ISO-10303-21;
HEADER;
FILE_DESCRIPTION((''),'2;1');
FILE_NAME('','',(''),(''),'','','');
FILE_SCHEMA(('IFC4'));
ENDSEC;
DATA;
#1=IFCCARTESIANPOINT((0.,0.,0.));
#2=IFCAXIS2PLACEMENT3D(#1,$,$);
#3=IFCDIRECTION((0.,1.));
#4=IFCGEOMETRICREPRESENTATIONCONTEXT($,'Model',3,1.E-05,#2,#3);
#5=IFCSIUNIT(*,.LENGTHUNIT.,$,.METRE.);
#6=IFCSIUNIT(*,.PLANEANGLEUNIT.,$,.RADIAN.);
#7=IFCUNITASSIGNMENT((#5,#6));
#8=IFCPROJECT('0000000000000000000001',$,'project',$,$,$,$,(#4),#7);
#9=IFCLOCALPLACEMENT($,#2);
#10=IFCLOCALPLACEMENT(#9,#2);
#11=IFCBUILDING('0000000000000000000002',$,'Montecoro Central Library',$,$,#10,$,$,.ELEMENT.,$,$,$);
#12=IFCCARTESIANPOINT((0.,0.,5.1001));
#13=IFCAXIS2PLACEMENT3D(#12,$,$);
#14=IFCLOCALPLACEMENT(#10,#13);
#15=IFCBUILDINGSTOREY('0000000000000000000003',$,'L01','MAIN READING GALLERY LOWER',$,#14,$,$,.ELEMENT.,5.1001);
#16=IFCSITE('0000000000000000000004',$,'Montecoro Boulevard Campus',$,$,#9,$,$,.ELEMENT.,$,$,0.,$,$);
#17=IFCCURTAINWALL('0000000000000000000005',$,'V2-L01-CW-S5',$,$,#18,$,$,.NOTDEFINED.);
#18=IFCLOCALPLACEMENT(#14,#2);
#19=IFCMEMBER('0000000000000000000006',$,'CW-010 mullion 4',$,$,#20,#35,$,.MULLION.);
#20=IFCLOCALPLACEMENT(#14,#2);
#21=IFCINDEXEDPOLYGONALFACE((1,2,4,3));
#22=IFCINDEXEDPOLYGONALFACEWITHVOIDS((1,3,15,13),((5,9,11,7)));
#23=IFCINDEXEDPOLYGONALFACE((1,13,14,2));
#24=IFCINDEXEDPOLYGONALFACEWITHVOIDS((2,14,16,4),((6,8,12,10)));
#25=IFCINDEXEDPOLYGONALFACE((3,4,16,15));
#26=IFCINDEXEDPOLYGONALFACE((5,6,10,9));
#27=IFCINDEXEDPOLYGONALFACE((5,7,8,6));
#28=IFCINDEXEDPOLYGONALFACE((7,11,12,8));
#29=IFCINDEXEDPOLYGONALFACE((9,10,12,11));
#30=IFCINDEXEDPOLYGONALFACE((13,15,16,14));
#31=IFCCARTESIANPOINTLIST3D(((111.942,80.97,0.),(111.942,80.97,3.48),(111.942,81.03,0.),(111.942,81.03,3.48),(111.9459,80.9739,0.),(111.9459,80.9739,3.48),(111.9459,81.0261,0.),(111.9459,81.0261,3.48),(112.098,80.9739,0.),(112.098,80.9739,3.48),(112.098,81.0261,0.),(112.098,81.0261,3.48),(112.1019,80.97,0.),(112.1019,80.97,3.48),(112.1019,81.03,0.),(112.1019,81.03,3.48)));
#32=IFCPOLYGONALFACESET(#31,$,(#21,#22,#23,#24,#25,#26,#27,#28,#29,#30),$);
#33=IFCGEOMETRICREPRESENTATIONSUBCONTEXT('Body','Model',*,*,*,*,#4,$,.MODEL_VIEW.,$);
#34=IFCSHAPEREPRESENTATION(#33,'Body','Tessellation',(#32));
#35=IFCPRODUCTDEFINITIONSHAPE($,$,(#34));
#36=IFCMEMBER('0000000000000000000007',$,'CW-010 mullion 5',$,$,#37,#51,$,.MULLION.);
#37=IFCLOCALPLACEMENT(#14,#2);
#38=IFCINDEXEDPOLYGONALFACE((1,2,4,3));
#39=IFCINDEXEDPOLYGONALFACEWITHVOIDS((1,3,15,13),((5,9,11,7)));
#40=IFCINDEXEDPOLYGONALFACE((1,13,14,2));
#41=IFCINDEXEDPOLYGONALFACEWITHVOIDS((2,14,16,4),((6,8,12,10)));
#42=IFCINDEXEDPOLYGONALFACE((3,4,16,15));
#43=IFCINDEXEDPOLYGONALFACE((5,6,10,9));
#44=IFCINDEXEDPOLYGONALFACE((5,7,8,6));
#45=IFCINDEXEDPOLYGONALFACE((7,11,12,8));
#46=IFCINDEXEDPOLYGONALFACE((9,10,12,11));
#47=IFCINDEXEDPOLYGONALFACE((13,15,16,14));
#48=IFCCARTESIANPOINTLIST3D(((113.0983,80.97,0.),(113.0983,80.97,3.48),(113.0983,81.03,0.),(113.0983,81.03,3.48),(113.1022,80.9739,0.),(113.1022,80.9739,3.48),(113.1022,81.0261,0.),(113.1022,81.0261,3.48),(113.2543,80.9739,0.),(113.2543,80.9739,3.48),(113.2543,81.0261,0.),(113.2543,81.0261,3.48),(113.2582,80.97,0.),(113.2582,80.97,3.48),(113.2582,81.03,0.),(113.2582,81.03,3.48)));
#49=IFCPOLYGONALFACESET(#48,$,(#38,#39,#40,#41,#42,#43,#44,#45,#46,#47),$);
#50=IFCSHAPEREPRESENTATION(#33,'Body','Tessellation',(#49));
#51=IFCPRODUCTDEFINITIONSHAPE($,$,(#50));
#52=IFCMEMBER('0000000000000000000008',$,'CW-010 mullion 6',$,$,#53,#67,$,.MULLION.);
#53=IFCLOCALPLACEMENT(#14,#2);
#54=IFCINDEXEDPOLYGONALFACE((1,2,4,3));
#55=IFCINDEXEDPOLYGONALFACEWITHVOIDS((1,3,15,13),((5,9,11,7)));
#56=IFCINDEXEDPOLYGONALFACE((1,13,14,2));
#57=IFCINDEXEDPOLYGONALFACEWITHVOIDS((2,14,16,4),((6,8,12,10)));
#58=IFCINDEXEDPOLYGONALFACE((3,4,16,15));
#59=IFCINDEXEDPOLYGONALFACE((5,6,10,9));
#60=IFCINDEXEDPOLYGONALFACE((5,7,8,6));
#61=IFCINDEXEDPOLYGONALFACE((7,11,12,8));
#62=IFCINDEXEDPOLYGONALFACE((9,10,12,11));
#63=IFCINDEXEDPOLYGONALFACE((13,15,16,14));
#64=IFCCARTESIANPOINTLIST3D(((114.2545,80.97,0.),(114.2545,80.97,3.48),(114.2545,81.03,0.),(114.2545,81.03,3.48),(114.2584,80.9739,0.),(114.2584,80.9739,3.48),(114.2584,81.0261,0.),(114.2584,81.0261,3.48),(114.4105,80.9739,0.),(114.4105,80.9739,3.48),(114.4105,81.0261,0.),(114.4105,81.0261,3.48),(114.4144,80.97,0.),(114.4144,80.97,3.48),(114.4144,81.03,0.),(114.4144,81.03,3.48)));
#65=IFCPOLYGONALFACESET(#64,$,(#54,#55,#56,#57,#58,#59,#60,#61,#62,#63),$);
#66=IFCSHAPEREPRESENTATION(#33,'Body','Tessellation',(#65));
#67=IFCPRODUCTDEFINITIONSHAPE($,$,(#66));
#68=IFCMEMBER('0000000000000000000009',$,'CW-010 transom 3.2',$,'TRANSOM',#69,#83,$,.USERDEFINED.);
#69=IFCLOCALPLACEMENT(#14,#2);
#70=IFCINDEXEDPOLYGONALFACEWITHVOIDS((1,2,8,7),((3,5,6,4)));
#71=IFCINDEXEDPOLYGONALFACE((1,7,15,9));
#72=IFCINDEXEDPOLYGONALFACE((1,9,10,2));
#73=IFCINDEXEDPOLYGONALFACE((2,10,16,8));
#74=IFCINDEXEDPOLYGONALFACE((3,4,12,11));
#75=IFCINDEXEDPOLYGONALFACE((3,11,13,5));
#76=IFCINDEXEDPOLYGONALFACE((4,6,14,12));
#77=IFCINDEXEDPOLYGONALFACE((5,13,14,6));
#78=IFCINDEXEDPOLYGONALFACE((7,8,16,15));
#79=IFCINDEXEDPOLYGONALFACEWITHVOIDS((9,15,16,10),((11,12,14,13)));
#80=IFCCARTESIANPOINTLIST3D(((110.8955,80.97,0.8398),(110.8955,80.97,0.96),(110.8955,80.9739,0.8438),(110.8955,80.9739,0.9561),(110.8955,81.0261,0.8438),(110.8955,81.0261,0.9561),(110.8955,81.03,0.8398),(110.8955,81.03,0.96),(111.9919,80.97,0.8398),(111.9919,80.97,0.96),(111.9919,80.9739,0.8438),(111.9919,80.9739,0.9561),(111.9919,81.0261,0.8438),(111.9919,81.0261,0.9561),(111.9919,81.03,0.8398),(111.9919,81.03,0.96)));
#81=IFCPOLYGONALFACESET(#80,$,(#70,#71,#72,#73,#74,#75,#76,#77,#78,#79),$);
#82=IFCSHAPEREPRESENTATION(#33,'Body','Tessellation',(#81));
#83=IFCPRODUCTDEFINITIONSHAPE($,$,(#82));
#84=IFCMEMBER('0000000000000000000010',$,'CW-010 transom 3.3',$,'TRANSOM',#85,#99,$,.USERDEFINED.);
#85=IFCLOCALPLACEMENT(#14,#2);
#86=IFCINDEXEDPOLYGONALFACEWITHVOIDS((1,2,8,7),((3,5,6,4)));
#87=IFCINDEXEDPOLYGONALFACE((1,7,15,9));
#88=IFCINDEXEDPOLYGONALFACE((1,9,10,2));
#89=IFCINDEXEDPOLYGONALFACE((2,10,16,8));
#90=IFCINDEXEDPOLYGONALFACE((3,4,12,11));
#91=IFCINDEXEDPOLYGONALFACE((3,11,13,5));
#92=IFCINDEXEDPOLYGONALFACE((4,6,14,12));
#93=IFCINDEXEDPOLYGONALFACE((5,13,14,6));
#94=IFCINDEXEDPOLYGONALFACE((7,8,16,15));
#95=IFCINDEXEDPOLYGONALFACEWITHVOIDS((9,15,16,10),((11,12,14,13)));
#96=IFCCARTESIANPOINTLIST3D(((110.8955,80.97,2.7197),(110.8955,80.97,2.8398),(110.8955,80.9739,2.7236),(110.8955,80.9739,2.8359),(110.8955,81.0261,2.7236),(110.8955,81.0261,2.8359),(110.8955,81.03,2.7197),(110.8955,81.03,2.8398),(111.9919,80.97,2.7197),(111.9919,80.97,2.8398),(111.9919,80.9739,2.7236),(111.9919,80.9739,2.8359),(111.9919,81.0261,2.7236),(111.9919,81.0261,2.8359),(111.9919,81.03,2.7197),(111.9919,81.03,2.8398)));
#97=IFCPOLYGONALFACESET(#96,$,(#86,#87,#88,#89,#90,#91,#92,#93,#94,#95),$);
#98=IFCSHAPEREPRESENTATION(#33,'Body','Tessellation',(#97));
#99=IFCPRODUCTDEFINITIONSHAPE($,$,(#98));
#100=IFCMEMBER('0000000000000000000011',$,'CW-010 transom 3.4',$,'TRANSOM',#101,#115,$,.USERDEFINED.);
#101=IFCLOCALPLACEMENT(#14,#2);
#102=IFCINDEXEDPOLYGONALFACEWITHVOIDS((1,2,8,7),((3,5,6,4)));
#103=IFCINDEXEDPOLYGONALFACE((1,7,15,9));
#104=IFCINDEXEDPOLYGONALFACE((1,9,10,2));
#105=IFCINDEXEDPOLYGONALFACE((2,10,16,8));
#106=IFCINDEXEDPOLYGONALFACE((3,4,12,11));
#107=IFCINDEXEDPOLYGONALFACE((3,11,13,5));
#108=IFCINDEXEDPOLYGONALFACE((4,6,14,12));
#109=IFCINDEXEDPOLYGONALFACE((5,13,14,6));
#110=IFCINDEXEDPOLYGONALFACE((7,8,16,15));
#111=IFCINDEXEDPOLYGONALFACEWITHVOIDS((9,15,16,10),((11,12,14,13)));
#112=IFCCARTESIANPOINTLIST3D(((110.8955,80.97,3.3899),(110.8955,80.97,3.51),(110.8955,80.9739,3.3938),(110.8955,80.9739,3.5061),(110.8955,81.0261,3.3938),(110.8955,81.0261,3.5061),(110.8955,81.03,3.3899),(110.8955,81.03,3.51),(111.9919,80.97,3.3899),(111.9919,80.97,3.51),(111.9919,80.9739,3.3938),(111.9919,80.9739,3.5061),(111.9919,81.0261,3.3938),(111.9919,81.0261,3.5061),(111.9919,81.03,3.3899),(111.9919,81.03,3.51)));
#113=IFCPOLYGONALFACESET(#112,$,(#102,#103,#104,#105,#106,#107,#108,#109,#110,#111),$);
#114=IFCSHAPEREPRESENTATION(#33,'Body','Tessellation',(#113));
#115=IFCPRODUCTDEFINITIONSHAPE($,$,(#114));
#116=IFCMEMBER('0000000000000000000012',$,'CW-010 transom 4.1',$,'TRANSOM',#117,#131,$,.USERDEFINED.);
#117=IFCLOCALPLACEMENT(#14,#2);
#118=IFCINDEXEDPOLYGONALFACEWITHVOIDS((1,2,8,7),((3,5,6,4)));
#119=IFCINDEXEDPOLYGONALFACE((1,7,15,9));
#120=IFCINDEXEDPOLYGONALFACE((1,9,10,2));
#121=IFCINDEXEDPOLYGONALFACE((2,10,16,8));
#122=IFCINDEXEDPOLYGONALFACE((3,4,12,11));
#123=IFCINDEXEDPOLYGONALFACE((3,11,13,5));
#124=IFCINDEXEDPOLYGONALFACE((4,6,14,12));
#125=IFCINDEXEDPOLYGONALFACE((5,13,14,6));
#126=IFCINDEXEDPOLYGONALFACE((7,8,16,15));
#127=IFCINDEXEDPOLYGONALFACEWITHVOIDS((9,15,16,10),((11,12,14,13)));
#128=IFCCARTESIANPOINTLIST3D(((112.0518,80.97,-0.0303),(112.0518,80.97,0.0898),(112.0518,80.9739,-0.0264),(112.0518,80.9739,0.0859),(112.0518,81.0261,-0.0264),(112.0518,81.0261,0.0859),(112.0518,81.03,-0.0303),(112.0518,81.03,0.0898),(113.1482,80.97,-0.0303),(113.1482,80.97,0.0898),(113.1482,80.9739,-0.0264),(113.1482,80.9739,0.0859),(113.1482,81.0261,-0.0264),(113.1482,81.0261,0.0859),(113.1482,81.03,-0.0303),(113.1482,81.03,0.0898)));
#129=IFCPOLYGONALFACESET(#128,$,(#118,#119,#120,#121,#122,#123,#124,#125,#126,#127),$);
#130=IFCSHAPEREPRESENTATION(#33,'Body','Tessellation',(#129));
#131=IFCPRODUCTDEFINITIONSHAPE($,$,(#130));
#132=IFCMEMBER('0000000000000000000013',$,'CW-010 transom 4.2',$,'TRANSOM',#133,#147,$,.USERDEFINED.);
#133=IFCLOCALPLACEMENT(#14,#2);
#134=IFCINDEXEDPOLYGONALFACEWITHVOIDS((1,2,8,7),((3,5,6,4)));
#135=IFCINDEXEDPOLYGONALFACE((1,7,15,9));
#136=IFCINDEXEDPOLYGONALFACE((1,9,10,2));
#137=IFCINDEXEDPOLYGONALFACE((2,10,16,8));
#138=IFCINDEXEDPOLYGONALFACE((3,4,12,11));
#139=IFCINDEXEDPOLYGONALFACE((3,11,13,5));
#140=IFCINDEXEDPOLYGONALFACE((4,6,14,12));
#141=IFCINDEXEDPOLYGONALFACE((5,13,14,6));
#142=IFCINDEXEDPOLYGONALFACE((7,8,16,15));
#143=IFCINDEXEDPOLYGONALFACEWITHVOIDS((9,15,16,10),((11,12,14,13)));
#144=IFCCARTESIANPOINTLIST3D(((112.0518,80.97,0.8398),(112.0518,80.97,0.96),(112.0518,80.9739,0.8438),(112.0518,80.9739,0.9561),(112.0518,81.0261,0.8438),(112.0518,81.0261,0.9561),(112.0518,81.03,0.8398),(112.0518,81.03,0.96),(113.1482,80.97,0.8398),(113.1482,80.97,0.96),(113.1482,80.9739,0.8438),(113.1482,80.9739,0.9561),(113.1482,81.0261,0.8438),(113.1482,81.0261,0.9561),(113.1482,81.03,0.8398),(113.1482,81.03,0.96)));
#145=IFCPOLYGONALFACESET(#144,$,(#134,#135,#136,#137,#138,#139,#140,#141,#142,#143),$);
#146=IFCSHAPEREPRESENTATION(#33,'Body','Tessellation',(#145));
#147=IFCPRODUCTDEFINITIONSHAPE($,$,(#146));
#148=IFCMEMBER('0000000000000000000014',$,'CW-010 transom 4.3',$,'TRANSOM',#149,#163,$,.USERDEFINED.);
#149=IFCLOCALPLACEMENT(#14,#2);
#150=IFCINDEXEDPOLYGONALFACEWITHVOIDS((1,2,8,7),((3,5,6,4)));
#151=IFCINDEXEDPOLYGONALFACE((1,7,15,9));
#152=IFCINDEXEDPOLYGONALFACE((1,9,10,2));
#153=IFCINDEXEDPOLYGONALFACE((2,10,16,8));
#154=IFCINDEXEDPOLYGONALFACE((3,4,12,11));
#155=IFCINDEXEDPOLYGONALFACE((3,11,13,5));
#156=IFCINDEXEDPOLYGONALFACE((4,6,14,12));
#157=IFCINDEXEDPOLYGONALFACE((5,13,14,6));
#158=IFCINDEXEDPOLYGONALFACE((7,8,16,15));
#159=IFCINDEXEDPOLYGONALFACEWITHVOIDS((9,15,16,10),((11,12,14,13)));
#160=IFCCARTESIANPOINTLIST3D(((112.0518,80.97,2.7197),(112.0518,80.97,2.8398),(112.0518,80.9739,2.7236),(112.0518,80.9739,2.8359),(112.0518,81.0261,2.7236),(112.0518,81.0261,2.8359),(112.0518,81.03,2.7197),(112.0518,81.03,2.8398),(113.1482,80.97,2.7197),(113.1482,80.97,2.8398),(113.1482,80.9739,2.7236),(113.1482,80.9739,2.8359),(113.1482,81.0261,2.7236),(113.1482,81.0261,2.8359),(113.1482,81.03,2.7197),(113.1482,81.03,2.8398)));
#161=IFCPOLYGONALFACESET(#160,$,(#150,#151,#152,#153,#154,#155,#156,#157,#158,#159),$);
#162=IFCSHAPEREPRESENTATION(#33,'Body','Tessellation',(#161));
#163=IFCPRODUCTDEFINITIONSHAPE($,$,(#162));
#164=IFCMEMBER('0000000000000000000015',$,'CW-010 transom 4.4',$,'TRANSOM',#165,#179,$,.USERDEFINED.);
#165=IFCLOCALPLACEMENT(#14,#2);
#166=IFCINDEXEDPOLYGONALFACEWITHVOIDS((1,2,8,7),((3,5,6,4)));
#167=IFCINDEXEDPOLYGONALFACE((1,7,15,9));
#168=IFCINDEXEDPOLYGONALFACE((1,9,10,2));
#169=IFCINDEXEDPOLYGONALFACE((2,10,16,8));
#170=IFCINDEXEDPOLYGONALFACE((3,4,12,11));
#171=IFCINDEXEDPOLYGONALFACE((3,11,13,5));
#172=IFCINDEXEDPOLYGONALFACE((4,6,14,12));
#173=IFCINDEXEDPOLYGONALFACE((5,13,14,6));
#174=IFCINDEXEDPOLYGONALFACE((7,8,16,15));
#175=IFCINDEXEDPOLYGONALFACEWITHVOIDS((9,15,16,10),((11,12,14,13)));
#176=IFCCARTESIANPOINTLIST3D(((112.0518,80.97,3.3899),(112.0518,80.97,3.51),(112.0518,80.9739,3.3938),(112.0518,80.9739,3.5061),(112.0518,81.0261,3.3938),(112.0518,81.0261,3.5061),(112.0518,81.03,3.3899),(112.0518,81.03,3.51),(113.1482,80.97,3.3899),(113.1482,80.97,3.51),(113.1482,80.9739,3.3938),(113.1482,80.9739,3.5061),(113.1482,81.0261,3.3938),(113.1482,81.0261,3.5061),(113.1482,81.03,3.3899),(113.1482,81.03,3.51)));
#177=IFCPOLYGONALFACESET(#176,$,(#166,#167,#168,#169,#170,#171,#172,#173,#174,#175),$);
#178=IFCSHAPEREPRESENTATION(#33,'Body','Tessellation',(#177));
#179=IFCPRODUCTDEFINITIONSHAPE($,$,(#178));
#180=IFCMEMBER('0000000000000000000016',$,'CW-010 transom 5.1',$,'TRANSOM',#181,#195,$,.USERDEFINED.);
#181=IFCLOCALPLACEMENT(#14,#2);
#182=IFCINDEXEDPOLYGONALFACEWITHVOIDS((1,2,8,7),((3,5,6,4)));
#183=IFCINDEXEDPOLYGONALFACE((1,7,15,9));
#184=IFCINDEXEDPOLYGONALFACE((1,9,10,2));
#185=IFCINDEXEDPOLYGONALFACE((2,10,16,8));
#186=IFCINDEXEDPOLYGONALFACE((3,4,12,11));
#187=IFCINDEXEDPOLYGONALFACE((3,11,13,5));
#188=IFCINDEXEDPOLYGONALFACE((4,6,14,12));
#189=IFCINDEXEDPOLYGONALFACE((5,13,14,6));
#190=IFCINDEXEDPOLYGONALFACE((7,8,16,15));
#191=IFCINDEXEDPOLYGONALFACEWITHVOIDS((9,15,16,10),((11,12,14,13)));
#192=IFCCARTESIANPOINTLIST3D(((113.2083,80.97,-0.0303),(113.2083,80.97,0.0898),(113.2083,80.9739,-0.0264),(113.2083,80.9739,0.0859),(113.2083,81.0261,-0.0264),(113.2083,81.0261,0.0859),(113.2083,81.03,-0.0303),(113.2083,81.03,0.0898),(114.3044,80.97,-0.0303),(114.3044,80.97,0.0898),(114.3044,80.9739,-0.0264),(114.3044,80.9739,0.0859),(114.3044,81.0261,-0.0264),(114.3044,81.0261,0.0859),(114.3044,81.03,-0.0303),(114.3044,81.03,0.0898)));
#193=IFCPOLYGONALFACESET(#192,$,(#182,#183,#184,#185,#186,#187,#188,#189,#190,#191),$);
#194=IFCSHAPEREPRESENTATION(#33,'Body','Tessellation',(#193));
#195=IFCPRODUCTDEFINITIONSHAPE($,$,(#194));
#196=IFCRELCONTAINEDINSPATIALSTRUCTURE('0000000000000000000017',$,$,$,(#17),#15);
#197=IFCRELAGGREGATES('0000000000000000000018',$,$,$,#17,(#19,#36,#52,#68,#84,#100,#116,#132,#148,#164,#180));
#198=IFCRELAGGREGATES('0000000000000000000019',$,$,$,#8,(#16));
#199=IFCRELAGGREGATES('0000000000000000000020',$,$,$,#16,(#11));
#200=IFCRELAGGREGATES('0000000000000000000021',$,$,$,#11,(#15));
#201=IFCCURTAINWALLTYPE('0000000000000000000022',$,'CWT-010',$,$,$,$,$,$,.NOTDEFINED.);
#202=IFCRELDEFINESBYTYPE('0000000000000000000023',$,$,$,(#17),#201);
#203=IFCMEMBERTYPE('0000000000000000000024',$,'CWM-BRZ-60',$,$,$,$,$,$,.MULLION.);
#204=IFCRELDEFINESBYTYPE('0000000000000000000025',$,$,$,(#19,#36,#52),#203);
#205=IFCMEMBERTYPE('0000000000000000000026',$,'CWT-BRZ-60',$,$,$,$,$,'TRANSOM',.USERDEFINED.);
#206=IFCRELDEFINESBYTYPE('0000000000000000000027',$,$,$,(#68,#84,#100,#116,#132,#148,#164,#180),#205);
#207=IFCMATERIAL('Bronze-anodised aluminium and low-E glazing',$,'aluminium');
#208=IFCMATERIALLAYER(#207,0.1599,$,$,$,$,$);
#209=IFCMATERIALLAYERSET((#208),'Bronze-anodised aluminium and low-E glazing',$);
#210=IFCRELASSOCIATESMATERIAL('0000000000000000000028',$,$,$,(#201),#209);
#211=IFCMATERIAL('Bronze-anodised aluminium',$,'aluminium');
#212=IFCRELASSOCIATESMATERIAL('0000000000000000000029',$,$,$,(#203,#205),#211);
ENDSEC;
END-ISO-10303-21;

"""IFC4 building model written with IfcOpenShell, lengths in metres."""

from ifc_helpers import new_model, si_unit, direction, frame, origin, origin_2d, place, context, subcontext, project, spatial, hollow_rectangle, extrude, material, layer, layer_set, material_profile, profile_set, type_object, element, aggregate, save


model = new_model("IFC4")

# Units and contexts
model_context = context("Model", 3, precision=1e-05, world=origin(), true_north=direction((0.0, 1.0)))
body_context = subcontext(model_context, "Body", "Model", "MODEL_VIEW")
ifc_project = project(units=[si_unit("LENGTHUNIT", "METRE"), si_unit("PLANEANGLEUNIT", "RADIAN")], contexts=[model_context])

# Site, building, storey
site_placement = place(None, origin())
site = spatial("IfcSite", under=ifc_project, at=site_placement, Name="Montecoro Boulevard Campus", CompositionType="ELEMENT", RefElevation=0.0)
building_placement = place(site_placement, origin())
building = spatial("IfcBuilding", under=site, at=building_placement, Name="Montecoro Central Library", CompositionType="ELEMENT")
storey_placement = place(building_placement, frame((0.0, 0.0, 5.1001)))
storey = spatial("IfcBuildingStorey", under=building, at=storey_placement, Name="L01", Description="MAIN READING GALLERY LOWER", CompositionType="ELEMENT", Elevation=5.1001)

# Curtain wall, members
ifc_material_1 = material(Name="Bronze-anodised aluminium and low-E glazing", Category="aluminium")
ifc_layer_1 = layer(ifc_material_1, 0.1599)
ifc_layer_set_1 = layer_set([ifc_layer_1], Name="Bronze-anodised aluminium and low-E glazing")
curtain_wall_type = type_object("IfcCurtainWallType", Name="CWT-010", PredefinedType="NOTDEFINED", material=ifc_layer_set_1)
curtain_wall_placement = place(storey_placement, origin())
curtain_wall = element("IfcCurtainWall", 1, at=curtain_wall_placement, inside=storey, type_object=curtain_wall_type, Name="V2-L01-CW-S5", PredefinedType="NOTDEFINED")
ifc_material_2 = material(Name="Bronze-anodised aluminium", Category="aluminium")
ifc_material_profile_1 = material_profile(ifc_material_2, hollow_rectangle(XDim=0.0601, YDim=0.1599, WallThickness=0.0039, at=origin_2d()), Name="CWM 160x60x4.0")
ifc_profile_set_1 = profile_set([ifc_material_profile_1], Name="Bronze-anodised aluminium")
member_type_1 = type_object("IfcMemberType", Name="CWM-BRZ-60", PredefinedType="MULLION", material=ifc_profile_set_1)
member_1_placement = place(storey_placement, frame((112.022, 81.0, 0.0), z_axis=(0.0, 0.0, 1.0), x_axis=(0.0, 1.0, 0.0)))
member_1 = element("IfcMember", 2, at=member_1_placement, type_object=member_type_1, Name="CW-010 mullion 4", PredefinedType="MULLION", context=body_context, shape_type="SweptSolid", body=[
    extrude(hollow_rectangle(XDim=0.0601, YDim=0.1599, WallThickness=0.0039, at=origin_2d()), origin(), (0.0, 0.0, 1.0), 3.48),
])
member_2_placement = place(storey_placement, frame((113.1782, 81.0, 0.0), z_axis=(0.0, 0.0, 1.0), x_axis=(0.0, 1.0, 0.0)))
member_2 = element("IfcMember", 3, at=member_2_placement, type_object=member_type_1, Name="CW-010 mullion 5", PredefinedType="MULLION", context=body_context, shape_type="SweptSolid", body=[
    extrude(hollow_rectangle(XDim=0.0601, YDim=0.1599, WallThickness=0.0039, at=origin_2d()), origin(), (0.0, 0.0, 1.0), 3.48),
])
member_3_placement = place(storey_placement, frame((114.3345, 81.0, 0.0), z_axis=(0.0, 0.0, 1.0), x_axis=(0.0, 1.0, 0.0)))
member_3 = element("IfcMember", 4, at=member_3_placement, type_object=member_type_1, Name="CW-010 mullion 6", PredefinedType="MULLION", context=body_context, shape_type="SweptSolid", body=[
    extrude(hollow_rectangle(XDim=0.0601, YDim=0.1599, WallThickness=0.0039, at=origin_2d()), origin(), (0.0, 0.0, 1.0), 3.48),
])
ifc_material_profile_2 = material_profile(ifc_material_2, hollow_rectangle(XDim=0.0601, YDim=0.1201, WallThickness=0.0039, at=origin_2d()), Name="CWT 120x60x4.0")
ifc_profile_set_2 = profile_set([ifc_material_profile_2], Name="Bronze-anodised aluminium")
member_type_2 = type_object("IfcMemberType", Name="CWT-BRZ-60", ElementType="TRANSOM", PredefinedType="USERDEFINED", material=ifc_profile_set_2)
member_4_placement = place(storey_placement, frame((110.8955, 81.0, 0.8999), z_axis=(1.0, 0.0, 0.0), x_axis=(0.0, 1.0, 0.0)))
member_4 = element("IfcMember", 5, at=member_4_placement, type_object=member_type_2, Name="CW-010 transom 3.2", ObjectType="TRANSOM", PredefinedType="USERDEFINED", context=body_context, shape_type="SweptSolid", body=[
    extrude(hollow_rectangle(XDim=0.0601, YDim=0.1201, WallThickness=0.0039, at=origin_2d()), origin(), (0.0, 0.0, 1.0), 1.0964),
])
member_5_placement = place(storey_placement, frame((110.8955, 81.0, 2.7798), z_axis=(1.0, 0.0, 0.0), x_axis=(0.0, 1.0, 0.0)))
member_5 = element("IfcMember", 6, at=member_5_placement, type_object=member_type_2, Name="CW-010 transom 3.3", ObjectType="TRANSOM", PredefinedType="USERDEFINED", context=body_context, shape_type="SweptSolid", body=[
    extrude(hollow_rectangle(XDim=0.0601, YDim=0.1201, WallThickness=0.0039, at=origin_2d()), origin(), (0.0, 0.0, 1.0), 1.0964),
])
member_6_placement = place(storey_placement, frame((110.8955, 81.0, 3.45), z_axis=(1.0, 0.0, 0.0), x_axis=(0.0, 1.0, 0.0)))
member_6 = element("IfcMember", 7, at=member_6_placement, type_object=member_type_2, Name="CW-010 transom 3.4", ObjectType="TRANSOM", PredefinedType="USERDEFINED", context=body_context, shape_type="SweptSolid", body=[
    extrude(hollow_rectangle(XDim=0.0601, YDim=0.1201, WallThickness=0.0039, at=origin_2d()), origin(), (0.0, 0.0, 1.0), 1.0964),
])
member_7_placement = place(storey_placement, frame((112.0518, 81.0, 0.0298), z_axis=(1.0, 0.0, 0.0), x_axis=(0.0, 1.0, 0.0)))
member_7 = element("IfcMember", 8, at=member_7_placement, type_object=member_type_2, Name="CW-010 transom 4.1", ObjectType="TRANSOM", PredefinedType="USERDEFINED", context=body_context, shape_type="SweptSolid", body=[
    extrude(hollow_rectangle(XDim=0.0601, YDim=0.1201, WallThickness=0.0039, at=origin_2d()), origin(), (0.0, 0.0, 1.0), 1.0964),
])
member_8_placement = place(storey_placement, frame((112.0518, 81.0, 0.8999), z_axis=(1.0, 0.0, 0.0), x_axis=(0.0, 1.0, 0.0)))
member_8 = element("IfcMember", 9, at=member_8_placement, type_object=member_type_2, Name="CW-010 transom 4.2", ObjectType="TRANSOM", PredefinedType="USERDEFINED", context=body_context, shape_type="SweptSolid", body=[
    extrude(hollow_rectangle(XDim=0.0601, YDim=0.1201, WallThickness=0.0039, at=origin_2d()), origin(), (0.0, 0.0, 1.0), 1.0964),
])
member_9_placement = place(storey_placement, frame((112.0518, 81.0, 2.7798), z_axis=(1.0, 0.0, 0.0), x_axis=(0.0, 1.0, 0.0)))
member_9 = element("IfcMember", 10, at=member_9_placement, type_object=member_type_2, Name="CW-010 transom 4.3", ObjectType="TRANSOM", PredefinedType="USERDEFINED", context=body_context, shape_type="SweptSolid", body=[
    extrude(hollow_rectangle(XDim=0.0601, YDim=0.1201, WallThickness=0.0039, at=origin_2d()), origin(), (0.0, 0.0, 1.0), 1.0964),
])
member_10_placement = place(storey_placement, frame((112.0518, 81.0, 3.45), z_axis=(1.0, 0.0, 0.0), x_axis=(0.0, 1.0, 0.0)))
member_10 = element("IfcMember", 11, at=member_10_placement, type_object=member_type_2, Name="CW-010 transom 4.4", ObjectType="TRANSOM", PredefinedType="USERDEFINED", context=body_context, shape_type="SweptSolid", body=[
    extrude(hollow_rectangle(XDim=0.0601, YDim=0.1201, WallThickness=0.0039, at=origin_2d()), origin(), (0.0, 0.0, 1.0), 1.0964),
])
member_11_placement = place(storey_placement, frame((113.2083, 81.0, 0.0298), z_axis=(1.0, 0.0, 0.0), x_axis=(0.0, 1.0, 0.0)))
member_11 = element("IfcMember", 12, at=member_11_placement, type_object=member_type_2, Name="CW-010 transom 5.1", ObjectType="TRANSOM", PredefinedType="USERDEFINED", context=body_context, shape_type="SweptSolid", body=[
    extrude(hollow_rectangle(XDim=0.0601, YDim=0.1201, WallThickness=0.0039, at=origin_2d()), origin(), (0.0, 0.0, 1.0), 1.0962),
])
aggregate(curtain_wall, [member_1, member_2, member_3, member_4, member_5, member_6, member_7, member_8, member_9, member_10, member_11])

save(model, "model.ifc")
